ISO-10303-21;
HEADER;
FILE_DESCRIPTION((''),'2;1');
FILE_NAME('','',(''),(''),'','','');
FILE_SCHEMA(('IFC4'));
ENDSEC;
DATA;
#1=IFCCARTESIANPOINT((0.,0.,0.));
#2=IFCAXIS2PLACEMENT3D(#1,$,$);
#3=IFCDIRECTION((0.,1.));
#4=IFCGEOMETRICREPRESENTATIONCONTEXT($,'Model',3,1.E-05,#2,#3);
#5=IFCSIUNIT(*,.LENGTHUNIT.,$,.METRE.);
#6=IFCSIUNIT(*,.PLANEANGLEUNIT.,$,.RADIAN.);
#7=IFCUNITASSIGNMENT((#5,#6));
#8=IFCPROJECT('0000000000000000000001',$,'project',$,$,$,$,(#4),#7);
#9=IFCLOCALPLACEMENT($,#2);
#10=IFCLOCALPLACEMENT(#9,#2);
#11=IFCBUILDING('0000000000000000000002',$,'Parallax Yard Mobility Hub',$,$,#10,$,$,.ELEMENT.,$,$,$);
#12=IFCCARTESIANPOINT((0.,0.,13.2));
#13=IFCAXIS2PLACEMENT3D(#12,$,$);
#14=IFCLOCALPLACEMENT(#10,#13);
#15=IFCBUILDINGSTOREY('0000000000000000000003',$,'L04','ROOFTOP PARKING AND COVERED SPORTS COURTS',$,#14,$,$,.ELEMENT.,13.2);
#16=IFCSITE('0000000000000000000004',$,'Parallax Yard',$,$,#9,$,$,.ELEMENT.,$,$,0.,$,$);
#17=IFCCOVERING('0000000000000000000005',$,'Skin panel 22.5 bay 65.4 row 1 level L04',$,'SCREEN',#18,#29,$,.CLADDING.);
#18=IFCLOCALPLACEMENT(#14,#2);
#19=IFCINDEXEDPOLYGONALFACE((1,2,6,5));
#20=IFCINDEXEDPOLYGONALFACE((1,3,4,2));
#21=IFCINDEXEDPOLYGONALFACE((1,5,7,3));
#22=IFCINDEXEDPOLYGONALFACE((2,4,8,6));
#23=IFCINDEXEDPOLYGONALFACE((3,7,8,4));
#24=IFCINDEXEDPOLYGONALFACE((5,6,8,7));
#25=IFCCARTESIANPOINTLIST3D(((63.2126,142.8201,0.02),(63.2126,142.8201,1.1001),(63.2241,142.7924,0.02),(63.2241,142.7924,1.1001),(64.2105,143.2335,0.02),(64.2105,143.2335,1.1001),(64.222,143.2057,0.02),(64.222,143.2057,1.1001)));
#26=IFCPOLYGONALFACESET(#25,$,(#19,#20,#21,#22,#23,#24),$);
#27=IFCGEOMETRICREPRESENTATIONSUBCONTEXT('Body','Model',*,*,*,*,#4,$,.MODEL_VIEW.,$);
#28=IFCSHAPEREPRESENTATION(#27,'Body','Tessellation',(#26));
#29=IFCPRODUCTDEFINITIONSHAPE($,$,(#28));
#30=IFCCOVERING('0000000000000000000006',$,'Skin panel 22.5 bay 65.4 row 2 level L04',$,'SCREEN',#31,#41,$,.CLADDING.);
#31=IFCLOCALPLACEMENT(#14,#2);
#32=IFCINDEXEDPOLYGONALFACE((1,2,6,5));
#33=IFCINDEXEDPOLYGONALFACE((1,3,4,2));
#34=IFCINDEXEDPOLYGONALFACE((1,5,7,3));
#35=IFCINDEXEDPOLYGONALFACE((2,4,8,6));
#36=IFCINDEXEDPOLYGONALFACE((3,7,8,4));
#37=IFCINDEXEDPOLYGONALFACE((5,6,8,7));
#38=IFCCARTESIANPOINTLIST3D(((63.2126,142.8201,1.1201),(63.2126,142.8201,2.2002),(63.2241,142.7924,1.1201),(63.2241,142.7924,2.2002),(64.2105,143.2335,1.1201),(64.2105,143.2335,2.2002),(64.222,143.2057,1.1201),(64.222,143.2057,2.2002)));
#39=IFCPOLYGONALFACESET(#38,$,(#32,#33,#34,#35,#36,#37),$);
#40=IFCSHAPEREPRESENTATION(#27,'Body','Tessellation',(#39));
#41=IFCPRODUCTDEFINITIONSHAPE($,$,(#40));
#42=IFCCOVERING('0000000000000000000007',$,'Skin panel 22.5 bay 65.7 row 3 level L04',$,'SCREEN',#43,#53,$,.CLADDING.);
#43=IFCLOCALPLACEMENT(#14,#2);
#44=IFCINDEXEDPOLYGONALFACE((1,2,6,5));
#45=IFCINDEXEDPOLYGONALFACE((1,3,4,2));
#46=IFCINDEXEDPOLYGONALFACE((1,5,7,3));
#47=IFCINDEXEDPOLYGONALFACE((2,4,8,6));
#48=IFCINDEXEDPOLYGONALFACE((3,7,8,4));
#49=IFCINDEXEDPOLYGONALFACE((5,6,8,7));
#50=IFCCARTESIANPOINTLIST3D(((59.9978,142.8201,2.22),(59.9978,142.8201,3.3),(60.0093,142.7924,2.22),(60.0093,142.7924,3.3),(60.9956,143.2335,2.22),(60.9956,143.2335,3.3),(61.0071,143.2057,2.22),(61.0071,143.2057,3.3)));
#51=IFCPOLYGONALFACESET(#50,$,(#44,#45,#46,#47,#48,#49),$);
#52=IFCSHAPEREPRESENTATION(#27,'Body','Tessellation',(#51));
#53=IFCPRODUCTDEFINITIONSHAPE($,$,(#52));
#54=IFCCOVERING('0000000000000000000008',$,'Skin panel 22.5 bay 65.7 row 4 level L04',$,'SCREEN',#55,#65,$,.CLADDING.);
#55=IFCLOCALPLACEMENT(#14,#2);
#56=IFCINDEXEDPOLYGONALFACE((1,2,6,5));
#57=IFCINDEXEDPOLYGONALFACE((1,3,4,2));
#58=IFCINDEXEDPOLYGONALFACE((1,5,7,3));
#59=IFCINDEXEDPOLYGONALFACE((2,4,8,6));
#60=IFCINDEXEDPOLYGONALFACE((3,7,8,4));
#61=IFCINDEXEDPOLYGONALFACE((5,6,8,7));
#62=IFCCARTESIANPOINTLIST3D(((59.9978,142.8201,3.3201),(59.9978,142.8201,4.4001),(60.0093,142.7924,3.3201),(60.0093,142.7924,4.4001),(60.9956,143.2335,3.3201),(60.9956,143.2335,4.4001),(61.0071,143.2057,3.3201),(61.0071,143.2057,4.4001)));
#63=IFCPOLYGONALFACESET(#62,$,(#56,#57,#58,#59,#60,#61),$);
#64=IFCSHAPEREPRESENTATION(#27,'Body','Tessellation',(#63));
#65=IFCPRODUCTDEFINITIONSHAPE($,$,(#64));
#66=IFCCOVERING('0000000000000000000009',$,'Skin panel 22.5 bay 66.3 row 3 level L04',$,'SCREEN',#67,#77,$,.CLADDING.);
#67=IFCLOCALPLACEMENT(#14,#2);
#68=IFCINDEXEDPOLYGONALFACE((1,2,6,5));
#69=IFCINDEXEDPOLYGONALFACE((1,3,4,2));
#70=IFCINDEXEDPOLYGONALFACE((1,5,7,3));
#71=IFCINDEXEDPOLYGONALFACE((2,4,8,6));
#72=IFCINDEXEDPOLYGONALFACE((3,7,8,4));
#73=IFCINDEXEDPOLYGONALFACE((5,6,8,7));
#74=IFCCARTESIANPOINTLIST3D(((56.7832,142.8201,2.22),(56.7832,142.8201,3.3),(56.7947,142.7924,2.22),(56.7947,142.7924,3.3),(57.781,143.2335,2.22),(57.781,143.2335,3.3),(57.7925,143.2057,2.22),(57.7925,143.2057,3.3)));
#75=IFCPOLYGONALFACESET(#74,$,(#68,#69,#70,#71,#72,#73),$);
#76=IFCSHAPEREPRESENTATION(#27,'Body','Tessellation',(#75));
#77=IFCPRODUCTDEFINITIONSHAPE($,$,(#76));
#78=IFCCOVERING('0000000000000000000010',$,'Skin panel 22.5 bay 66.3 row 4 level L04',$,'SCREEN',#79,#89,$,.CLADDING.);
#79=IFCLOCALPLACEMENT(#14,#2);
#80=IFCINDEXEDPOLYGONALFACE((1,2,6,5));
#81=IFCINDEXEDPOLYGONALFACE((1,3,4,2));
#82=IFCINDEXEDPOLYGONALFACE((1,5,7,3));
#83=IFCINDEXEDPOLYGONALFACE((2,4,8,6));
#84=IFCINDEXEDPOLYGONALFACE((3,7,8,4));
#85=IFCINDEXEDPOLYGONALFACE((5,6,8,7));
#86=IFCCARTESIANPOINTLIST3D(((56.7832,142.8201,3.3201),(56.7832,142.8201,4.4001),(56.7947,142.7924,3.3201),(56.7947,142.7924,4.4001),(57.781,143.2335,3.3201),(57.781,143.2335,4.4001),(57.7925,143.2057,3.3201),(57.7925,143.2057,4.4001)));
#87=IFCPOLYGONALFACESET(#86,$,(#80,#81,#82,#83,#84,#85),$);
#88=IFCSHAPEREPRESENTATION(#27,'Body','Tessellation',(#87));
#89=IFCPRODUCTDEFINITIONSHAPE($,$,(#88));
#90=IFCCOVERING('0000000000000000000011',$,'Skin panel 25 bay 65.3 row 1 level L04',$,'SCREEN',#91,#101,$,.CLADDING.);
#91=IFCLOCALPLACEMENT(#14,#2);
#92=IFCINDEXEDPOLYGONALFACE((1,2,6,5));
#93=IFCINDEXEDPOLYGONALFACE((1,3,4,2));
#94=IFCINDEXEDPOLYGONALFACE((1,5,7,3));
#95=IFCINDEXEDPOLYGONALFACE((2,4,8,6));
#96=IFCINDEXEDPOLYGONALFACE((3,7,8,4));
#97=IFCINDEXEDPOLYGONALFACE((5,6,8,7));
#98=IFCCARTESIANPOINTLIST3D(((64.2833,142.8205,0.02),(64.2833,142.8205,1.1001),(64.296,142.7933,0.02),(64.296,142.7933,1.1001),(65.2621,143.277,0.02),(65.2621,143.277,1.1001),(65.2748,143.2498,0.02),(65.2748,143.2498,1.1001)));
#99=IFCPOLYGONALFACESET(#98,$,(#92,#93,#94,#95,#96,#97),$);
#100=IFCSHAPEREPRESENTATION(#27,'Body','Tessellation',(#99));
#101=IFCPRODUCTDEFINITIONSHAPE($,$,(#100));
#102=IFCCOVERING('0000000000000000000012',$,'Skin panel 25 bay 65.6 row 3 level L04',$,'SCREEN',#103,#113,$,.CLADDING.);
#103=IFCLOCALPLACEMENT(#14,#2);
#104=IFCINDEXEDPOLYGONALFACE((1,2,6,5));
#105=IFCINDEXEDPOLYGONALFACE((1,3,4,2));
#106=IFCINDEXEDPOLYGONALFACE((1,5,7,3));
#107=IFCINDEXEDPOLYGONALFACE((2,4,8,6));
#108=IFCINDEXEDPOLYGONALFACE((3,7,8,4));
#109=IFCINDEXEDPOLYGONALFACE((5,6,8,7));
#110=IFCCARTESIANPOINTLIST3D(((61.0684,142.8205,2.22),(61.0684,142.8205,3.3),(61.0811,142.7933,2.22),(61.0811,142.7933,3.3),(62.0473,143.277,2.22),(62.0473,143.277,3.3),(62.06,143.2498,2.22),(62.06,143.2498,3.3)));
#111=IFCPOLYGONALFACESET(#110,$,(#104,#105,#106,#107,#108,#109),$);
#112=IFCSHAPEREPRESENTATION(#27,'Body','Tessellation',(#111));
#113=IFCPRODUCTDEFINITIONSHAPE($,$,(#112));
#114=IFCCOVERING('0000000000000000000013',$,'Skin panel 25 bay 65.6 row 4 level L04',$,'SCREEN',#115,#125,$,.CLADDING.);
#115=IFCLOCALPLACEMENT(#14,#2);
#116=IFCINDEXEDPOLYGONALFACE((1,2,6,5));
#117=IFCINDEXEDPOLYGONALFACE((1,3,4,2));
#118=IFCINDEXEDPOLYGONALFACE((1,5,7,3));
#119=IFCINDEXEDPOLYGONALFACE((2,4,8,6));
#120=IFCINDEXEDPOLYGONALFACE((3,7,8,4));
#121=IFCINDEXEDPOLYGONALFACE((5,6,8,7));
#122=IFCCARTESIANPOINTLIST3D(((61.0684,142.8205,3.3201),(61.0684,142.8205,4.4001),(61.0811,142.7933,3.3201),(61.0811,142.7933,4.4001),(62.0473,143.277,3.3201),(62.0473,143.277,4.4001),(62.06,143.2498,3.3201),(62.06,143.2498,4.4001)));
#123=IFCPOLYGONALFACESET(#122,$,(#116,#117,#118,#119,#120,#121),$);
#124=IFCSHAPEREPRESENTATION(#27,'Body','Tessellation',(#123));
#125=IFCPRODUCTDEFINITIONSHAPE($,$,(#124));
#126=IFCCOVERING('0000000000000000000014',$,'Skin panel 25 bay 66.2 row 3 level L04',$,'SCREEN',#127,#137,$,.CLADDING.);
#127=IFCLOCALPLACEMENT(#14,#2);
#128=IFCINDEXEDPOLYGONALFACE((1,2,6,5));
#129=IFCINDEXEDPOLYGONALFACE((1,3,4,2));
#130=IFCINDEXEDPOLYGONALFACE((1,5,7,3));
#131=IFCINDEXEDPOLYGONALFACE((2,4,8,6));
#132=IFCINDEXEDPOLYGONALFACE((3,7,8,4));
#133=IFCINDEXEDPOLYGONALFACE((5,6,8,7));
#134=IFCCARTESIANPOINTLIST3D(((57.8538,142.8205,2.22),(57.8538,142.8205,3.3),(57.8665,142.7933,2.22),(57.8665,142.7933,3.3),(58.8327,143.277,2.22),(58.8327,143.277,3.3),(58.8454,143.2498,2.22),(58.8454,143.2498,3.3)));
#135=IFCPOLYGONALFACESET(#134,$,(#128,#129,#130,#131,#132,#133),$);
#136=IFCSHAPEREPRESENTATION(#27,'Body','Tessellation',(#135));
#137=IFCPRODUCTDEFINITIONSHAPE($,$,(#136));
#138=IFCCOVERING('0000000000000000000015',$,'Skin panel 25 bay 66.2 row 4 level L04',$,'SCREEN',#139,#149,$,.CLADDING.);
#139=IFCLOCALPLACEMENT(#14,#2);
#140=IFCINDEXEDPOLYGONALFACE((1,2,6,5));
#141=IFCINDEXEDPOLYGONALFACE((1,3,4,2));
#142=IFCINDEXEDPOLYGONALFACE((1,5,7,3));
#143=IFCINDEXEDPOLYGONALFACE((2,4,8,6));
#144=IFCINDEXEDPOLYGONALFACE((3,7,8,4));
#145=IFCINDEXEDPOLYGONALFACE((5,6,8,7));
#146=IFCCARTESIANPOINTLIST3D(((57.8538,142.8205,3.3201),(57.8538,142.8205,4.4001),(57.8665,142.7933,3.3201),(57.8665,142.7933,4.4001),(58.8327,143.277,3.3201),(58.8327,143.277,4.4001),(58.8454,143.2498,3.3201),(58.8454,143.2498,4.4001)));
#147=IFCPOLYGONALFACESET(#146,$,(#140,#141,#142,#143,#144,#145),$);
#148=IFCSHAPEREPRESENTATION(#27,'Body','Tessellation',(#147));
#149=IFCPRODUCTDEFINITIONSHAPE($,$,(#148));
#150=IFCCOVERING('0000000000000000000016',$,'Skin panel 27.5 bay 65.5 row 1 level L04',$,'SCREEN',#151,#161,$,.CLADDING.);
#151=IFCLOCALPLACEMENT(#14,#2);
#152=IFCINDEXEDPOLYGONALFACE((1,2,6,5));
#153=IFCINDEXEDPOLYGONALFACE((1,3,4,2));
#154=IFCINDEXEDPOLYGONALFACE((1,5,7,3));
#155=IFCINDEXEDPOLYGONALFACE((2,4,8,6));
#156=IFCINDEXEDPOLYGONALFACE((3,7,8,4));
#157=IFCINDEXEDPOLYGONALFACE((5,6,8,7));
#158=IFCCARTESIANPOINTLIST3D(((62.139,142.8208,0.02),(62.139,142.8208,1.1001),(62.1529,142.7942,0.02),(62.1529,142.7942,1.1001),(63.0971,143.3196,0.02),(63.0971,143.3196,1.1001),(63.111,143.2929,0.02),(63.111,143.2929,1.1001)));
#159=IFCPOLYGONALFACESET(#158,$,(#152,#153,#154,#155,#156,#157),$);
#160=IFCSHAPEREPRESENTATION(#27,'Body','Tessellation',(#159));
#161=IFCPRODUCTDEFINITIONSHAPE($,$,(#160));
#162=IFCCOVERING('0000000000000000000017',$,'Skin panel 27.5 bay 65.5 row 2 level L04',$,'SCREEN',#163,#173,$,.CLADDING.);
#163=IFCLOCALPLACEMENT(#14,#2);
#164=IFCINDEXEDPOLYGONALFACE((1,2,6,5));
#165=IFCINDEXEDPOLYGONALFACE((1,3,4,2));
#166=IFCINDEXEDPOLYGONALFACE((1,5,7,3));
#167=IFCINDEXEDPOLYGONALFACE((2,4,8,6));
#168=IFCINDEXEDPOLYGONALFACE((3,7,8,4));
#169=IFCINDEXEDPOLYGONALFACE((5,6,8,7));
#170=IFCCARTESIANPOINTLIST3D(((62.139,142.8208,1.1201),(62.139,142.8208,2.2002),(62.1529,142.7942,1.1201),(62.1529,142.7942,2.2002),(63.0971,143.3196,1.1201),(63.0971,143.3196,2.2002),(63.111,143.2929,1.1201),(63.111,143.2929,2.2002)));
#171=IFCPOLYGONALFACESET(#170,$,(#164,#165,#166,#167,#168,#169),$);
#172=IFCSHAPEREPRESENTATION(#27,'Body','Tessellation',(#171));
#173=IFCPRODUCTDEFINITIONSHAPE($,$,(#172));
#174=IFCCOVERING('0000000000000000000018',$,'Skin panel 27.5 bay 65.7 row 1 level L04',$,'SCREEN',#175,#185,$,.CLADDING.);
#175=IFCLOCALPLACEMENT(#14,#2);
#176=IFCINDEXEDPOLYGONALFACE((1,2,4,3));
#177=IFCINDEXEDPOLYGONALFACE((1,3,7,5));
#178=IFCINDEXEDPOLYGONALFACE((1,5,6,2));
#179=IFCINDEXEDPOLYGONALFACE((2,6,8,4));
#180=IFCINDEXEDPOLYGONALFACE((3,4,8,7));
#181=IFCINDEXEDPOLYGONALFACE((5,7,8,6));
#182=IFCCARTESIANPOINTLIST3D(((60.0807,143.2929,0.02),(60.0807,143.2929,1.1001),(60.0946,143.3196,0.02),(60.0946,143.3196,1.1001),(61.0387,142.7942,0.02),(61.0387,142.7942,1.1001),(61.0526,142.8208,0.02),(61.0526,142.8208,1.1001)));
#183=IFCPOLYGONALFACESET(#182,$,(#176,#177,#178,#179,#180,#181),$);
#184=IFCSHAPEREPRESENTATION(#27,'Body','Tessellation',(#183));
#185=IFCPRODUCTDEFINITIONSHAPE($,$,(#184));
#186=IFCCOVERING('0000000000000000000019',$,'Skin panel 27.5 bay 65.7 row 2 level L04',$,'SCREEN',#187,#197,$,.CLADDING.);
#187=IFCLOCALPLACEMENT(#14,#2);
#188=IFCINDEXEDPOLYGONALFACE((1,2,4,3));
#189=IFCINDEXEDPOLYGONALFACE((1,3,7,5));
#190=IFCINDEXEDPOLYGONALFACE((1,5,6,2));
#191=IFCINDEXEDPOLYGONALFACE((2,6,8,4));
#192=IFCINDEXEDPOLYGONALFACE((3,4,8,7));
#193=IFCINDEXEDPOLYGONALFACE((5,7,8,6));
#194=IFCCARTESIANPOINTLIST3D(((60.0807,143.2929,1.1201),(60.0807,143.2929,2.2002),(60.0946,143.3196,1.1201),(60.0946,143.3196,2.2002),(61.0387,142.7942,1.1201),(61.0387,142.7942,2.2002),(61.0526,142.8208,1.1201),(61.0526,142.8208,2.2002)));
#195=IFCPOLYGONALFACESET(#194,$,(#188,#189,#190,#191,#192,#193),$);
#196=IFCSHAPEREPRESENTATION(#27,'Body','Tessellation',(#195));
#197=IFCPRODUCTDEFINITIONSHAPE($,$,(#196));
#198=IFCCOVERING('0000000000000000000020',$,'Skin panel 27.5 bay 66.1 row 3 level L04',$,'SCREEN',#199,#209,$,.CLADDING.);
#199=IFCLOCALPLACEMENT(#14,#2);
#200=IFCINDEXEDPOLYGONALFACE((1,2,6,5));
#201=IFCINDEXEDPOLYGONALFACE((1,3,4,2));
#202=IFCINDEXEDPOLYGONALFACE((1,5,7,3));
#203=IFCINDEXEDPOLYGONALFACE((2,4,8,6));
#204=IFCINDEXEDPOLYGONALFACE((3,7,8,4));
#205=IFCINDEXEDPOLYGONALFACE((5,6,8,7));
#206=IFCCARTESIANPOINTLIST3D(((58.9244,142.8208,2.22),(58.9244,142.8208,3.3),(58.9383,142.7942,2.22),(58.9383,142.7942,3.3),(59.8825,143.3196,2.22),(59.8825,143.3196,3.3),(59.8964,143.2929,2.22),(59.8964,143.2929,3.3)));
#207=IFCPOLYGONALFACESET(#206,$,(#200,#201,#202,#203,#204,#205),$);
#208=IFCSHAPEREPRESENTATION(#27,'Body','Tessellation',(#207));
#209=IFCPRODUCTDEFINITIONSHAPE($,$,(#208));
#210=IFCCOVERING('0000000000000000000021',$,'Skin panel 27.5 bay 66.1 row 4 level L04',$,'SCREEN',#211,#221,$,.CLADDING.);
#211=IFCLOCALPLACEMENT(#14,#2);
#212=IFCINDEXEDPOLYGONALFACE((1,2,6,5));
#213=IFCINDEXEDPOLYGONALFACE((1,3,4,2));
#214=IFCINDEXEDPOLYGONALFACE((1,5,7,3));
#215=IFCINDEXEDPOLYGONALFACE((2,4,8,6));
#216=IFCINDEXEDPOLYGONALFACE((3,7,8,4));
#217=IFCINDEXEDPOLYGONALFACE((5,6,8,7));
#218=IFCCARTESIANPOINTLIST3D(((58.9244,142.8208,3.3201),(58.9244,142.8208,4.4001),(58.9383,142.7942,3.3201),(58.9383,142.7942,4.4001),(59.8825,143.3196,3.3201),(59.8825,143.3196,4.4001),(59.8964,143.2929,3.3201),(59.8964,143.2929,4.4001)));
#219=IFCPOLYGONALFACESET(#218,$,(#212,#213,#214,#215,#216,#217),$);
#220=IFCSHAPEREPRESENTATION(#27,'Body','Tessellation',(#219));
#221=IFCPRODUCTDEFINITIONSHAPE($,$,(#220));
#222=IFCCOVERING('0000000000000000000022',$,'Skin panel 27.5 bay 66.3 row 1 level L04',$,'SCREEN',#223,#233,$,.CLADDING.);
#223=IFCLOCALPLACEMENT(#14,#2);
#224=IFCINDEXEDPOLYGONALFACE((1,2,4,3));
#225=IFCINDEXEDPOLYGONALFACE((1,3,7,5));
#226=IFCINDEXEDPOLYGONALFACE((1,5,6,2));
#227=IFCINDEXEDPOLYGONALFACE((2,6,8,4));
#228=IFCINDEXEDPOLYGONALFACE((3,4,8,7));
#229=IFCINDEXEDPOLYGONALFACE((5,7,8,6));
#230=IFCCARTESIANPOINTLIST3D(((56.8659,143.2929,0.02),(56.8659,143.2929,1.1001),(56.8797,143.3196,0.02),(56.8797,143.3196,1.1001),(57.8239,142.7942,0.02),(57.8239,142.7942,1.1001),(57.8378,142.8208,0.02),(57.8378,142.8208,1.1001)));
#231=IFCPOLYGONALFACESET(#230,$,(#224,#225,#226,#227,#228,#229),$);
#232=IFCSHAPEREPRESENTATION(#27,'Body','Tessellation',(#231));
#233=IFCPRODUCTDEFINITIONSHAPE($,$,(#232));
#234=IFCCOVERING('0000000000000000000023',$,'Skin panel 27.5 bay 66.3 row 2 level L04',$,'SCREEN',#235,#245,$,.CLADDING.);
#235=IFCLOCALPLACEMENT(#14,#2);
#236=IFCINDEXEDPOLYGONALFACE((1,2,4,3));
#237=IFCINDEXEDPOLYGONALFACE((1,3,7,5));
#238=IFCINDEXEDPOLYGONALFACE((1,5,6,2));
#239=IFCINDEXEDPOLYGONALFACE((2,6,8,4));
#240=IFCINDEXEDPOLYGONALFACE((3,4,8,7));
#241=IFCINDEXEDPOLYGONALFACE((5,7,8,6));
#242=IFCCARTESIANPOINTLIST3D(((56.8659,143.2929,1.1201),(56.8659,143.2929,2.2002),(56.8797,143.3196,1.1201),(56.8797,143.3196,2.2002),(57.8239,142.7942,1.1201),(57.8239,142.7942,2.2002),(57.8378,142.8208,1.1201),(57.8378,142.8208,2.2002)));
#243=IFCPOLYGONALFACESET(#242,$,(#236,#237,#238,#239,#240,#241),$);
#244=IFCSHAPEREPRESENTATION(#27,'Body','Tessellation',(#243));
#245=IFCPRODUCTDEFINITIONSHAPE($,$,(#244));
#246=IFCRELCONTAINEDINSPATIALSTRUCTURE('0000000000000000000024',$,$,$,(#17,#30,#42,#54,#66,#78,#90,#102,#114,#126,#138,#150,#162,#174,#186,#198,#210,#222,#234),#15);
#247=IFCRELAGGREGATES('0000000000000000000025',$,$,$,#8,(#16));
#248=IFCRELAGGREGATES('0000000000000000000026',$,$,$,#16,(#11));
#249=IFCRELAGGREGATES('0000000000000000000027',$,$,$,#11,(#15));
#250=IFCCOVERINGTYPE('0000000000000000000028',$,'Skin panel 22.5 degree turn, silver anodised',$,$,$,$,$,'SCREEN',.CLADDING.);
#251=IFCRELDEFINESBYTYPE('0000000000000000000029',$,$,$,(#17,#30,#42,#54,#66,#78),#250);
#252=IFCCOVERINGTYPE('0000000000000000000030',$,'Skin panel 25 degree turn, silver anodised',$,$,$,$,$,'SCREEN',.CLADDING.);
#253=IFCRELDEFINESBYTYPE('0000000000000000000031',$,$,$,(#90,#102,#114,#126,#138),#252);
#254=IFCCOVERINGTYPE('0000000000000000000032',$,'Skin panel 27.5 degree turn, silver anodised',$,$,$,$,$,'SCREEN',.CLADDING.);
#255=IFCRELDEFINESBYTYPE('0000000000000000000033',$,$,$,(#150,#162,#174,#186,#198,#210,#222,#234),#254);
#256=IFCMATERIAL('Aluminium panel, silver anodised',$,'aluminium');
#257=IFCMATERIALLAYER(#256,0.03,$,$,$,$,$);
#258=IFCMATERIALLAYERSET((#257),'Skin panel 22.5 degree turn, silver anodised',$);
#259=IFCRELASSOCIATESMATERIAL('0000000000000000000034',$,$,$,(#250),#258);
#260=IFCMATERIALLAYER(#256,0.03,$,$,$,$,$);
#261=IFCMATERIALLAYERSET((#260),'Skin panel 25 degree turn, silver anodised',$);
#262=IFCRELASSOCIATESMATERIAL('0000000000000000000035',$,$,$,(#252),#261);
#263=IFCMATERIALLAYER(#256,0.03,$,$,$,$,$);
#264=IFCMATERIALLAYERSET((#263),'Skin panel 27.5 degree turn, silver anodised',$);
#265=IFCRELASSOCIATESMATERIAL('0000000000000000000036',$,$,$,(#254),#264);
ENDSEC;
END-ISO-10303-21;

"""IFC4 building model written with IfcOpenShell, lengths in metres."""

from ifc_helpers import new_model, si_unit, direction, frame, origin, origin_2d, place, context, subcontext, project, spatial, rectangle, extrude, material, layer, layer_set, type_object, element, save


model = new_model("IFC4")

# Units and contexts
model_context = context("Model", 3, precision=1e-05, world=origin(), true_north=direction((0.0, 1.0)))
body_context = subcontext(model_context, "Body", "Model", "MODEL_VIEW")
ifc_project = project(units=[si_unit("LENGTHUNIT", "METRE"), si_unit("PLANEANGLEUNIT", "RADIAN")], contexts=[model_context])

# Site, building, storey
site_placement = place(None, origin())
site = spatial("IfcSite", under=ifc_project, at=site_placement, Name="Parallax Yard", CompositionType="ELEMENT", RefElevation=0.0)
building_placement = place(site_placement, origin())
building = spatial("IfcBuilding", under=site, at=building_placement, Name="Parallax Yard Mobility Hub", CompositionType="ELEMENT")
storey_placement = place(building_placement, frame((0.0, 0.0, 13.2)))
storey = spatial("IfcBuildingStorey", under=building, at=storey_placement, Name="L04", Description="ROOFTOP PARKING AND COVERED SPORTS COURTS", CompositionType="ELEMENT", Elevation=13.2)

# Coverings
ifc_material = material(Name="Aluminium panel, silver anodised", Category="aluminium")
ifc_layer_1 = layer(ifc_material, 0.03)
ifc_layer_set_1 = layer_set([ifc_layer_1], Name="Skin panel 22.5 degree turn, silver anodised")
covering_type_1 = type_object("IfcCoveringType", Name="Skin panel 22.5 degree turn, silver anodised", ElementType="SCREEN", PredefinedType="CLADDING", material=ifc_layer_set_1)
for number, where, z_axis, x_axis, name in (
    (1, (63.7173, 143.0129, 0.02), (0.0, 0.0, 1.0), (0.92388, 0.382683, 0.0), "Skin panel 22.5 bay 65.4 row 1 level L04"),
    (2, (63.7173, 143.0129, 1.1201), (0.0, 0.0, 1.0), (0.92388, 0.382683, 0.0), "Skin panel 22.5 bay 65.4 row 2 level L04"),
    (3, (60.5024, 143.0129, 2.22), (0.0, 0.0, 1.0), (0.92388, 0.382683, 0.0), "Skin panel 22.5 bay 65.7 row 3 level L04"),
    (4, (60.5024, 143.0129, 3.3201), (0.0, 0.0, 1.0), (0.92388, 0.382683, 0.0), "Skin panel 22.5 bay 65.7 row 4 level L04"),
    (5, (57.2878, 143.0129, 2.22), (0.0, 0.0, 1.0), (0.92388, 0.382683, 0.0), "Skin panel 22.5 bay 66.3 row 3 level L04"),
    (6, (57.2878, 143.0129, 3.3201), (0.0, 0.0, 1.0), (0.92388, 0.382683, 0.0), "Skin panel 22.5 bay 66.3 row 4 level L04"),
):
    element("IfcCovering", number, at=place(storey_placement, frame(where, z_axis=z_axis, x_axis=x_axis)), inside=storey, type_object=covering_type_1, Name=name, ObjectType="SCREEN", PredefinedType="CLADDING", context=body_context, shape_type="SweptSolid", body=[
        extrude(rectangle(XDim=1.0801, YDim=0.03, at=origin_2d()), origin(), (0.0, 0.0, 1.0), 1.0801),
    ])
ifc_layer_2 = layer(ifc_material, 0.03)
ifc_layer_set_2 = layer_set([ifc_layer_2], Name="Skin panel 25 degree turn, silver anodised")
covering_type_2 = type_object("IfcCoveringType", Name="Skin panel 25 degree turn, silver anodised", ElementType="SCREEN", PredefinedType="CLADDING", material=ifc_layer_set_2)
for number, where, z_axis, x_axis, name in (
    (7, (64.7791, 143.0352, 0.02), (0.0, 0.0, 1.0), (0.906308, 0.422618, 0.0), "Skin panel 25 bay 65.3 row 1 level L04"),
    (8, (61.5642, 143.0352, 2.22), (0.0, 0.0, 1.0), (0.906308, 0.422618, 0.0), "Skin panel 25 bay 65.6 row 3 level L04"),
    (9, (61.5642, 143.0352, 3.3201), (0.0, 0.0, 1.0), (0.906308, 0.422618, 0.0), "Skin panel 25 bay 65.6 row 4 level L04"),
    (10, (58.3496, 143.0352, 2.22), (0.0, 0.0, 1.0), (0.906308, 0.422618, 0.0), "Skin panel 25 bay 66.2 row 3 level L04"),
    (11, (58.3496, 143.0352, 3.3201), (0.0, 0.0, 1.0), (0.906308, 0.422618, 0.0), "Skin panel 25 bay 66.2 row 4 level L04"),
):
    element("IfcCovering", number, at=place(storey_placement, frame(where, z_axis=z_axis, x_axis=x_axis)), inside=storey, type_object=covering_type_2, Name=name, ObjectType="SCREEN", PredefinedType="CLADDING", context=body_context, shape_type="SweptSolid", body=[
        extrude(rectangle(XDim=1.0801, YDim=0.03, at=origin_2d()), origin(), (0.0, 0.0, 1.0), 1.0801),
    ])
ifc_layer_3 = layer(ifc_material, 0.03)
ifc_layer_set_3 = layer_set([ifc_layer_3], Name="Skin panel 27.5 degree turn, silver anodised")
covering_type_3 = type_object("IfcCoveringType", Name="Skin panel 27.5 degree turn, silver anodised", ElementType="SCREEN", PredefinedType="CLADDING", material=ifc_layer_set_3)
for number, where, z_axis, x_axis, name in (
    (12, (62.625, 143.0569, 0.02), (0.0, 0.0, 1.0), (0.887011, 0.461749, 0.0), "Skin panel 27.5 bay 65.5 row 1 level L04"),
    (13, (62.625, 143.0569, 1.1201), (0.0, 0.0, 1.0), (0.887011, 0.461749, 0.0), "Skin panel 27.5 bay 65.5 row 2 level L04"),
    (14, (60.5667, 143.0569, 0.02), (0.0, 0.0, 1.0), (-0.887011, 0.461749, 0.0), "Skin panel 27.5 bay 65.7 row 1 level L04"),
    (15, (60.5667, 143.0569, 1.1201), (0.0, 0.0, 1.0), (-0.887011, 0.461749, 0.0), "Skin panel 27.5 bay 65.7 row 2 level L04"),
    (16, (59.4104, 143.0569, 2.22), (0.0, 0.0, 1.0), (0.887011, 0.461749, 0.0), "Skin panel 27.5 bay 66.1 row 3 level L04"),
    (17, (59.4104, 143.0569, 3.3201), (0.0, 0.0, 1.0), (0.887011, 0.461749, 0.0), "Skin panel 27.5 bay 66.1 row 4 level L04"),
    (18, (57.3518, 143.0569, 0.02), (0.0, 0.0, 1.0), (-0.887011, 0.461749, 0.0), "Skin panel 27.5 bay 66.3 row 1 level L04"),
    (19, (57.3518, 143.0569, 1.1201), (0.0, 0.0, 1.0), (-0.887011, 0.461749, 0.0), "Skin panel 27.5 bay 66.3 row 2 level L04"),
):
    element("IfcCovering", number, at=place(storey_placement, frame(where, z_axis=z_axis, x_axis=x_axis)), inside=storey, type_object=covering_type_3, Name=name, ObjectType="SCREEN", PredefinedType="CLADDING", context=body_context, shape_type="SweptSolid", body=[
        extrude(rectangle(XDim=1.0801, YDim=0.03, at=origin_2d()), origin(), (0.0, 0.0, 1.0), 1.0801),
    ])

save(model, "model.ifc")
